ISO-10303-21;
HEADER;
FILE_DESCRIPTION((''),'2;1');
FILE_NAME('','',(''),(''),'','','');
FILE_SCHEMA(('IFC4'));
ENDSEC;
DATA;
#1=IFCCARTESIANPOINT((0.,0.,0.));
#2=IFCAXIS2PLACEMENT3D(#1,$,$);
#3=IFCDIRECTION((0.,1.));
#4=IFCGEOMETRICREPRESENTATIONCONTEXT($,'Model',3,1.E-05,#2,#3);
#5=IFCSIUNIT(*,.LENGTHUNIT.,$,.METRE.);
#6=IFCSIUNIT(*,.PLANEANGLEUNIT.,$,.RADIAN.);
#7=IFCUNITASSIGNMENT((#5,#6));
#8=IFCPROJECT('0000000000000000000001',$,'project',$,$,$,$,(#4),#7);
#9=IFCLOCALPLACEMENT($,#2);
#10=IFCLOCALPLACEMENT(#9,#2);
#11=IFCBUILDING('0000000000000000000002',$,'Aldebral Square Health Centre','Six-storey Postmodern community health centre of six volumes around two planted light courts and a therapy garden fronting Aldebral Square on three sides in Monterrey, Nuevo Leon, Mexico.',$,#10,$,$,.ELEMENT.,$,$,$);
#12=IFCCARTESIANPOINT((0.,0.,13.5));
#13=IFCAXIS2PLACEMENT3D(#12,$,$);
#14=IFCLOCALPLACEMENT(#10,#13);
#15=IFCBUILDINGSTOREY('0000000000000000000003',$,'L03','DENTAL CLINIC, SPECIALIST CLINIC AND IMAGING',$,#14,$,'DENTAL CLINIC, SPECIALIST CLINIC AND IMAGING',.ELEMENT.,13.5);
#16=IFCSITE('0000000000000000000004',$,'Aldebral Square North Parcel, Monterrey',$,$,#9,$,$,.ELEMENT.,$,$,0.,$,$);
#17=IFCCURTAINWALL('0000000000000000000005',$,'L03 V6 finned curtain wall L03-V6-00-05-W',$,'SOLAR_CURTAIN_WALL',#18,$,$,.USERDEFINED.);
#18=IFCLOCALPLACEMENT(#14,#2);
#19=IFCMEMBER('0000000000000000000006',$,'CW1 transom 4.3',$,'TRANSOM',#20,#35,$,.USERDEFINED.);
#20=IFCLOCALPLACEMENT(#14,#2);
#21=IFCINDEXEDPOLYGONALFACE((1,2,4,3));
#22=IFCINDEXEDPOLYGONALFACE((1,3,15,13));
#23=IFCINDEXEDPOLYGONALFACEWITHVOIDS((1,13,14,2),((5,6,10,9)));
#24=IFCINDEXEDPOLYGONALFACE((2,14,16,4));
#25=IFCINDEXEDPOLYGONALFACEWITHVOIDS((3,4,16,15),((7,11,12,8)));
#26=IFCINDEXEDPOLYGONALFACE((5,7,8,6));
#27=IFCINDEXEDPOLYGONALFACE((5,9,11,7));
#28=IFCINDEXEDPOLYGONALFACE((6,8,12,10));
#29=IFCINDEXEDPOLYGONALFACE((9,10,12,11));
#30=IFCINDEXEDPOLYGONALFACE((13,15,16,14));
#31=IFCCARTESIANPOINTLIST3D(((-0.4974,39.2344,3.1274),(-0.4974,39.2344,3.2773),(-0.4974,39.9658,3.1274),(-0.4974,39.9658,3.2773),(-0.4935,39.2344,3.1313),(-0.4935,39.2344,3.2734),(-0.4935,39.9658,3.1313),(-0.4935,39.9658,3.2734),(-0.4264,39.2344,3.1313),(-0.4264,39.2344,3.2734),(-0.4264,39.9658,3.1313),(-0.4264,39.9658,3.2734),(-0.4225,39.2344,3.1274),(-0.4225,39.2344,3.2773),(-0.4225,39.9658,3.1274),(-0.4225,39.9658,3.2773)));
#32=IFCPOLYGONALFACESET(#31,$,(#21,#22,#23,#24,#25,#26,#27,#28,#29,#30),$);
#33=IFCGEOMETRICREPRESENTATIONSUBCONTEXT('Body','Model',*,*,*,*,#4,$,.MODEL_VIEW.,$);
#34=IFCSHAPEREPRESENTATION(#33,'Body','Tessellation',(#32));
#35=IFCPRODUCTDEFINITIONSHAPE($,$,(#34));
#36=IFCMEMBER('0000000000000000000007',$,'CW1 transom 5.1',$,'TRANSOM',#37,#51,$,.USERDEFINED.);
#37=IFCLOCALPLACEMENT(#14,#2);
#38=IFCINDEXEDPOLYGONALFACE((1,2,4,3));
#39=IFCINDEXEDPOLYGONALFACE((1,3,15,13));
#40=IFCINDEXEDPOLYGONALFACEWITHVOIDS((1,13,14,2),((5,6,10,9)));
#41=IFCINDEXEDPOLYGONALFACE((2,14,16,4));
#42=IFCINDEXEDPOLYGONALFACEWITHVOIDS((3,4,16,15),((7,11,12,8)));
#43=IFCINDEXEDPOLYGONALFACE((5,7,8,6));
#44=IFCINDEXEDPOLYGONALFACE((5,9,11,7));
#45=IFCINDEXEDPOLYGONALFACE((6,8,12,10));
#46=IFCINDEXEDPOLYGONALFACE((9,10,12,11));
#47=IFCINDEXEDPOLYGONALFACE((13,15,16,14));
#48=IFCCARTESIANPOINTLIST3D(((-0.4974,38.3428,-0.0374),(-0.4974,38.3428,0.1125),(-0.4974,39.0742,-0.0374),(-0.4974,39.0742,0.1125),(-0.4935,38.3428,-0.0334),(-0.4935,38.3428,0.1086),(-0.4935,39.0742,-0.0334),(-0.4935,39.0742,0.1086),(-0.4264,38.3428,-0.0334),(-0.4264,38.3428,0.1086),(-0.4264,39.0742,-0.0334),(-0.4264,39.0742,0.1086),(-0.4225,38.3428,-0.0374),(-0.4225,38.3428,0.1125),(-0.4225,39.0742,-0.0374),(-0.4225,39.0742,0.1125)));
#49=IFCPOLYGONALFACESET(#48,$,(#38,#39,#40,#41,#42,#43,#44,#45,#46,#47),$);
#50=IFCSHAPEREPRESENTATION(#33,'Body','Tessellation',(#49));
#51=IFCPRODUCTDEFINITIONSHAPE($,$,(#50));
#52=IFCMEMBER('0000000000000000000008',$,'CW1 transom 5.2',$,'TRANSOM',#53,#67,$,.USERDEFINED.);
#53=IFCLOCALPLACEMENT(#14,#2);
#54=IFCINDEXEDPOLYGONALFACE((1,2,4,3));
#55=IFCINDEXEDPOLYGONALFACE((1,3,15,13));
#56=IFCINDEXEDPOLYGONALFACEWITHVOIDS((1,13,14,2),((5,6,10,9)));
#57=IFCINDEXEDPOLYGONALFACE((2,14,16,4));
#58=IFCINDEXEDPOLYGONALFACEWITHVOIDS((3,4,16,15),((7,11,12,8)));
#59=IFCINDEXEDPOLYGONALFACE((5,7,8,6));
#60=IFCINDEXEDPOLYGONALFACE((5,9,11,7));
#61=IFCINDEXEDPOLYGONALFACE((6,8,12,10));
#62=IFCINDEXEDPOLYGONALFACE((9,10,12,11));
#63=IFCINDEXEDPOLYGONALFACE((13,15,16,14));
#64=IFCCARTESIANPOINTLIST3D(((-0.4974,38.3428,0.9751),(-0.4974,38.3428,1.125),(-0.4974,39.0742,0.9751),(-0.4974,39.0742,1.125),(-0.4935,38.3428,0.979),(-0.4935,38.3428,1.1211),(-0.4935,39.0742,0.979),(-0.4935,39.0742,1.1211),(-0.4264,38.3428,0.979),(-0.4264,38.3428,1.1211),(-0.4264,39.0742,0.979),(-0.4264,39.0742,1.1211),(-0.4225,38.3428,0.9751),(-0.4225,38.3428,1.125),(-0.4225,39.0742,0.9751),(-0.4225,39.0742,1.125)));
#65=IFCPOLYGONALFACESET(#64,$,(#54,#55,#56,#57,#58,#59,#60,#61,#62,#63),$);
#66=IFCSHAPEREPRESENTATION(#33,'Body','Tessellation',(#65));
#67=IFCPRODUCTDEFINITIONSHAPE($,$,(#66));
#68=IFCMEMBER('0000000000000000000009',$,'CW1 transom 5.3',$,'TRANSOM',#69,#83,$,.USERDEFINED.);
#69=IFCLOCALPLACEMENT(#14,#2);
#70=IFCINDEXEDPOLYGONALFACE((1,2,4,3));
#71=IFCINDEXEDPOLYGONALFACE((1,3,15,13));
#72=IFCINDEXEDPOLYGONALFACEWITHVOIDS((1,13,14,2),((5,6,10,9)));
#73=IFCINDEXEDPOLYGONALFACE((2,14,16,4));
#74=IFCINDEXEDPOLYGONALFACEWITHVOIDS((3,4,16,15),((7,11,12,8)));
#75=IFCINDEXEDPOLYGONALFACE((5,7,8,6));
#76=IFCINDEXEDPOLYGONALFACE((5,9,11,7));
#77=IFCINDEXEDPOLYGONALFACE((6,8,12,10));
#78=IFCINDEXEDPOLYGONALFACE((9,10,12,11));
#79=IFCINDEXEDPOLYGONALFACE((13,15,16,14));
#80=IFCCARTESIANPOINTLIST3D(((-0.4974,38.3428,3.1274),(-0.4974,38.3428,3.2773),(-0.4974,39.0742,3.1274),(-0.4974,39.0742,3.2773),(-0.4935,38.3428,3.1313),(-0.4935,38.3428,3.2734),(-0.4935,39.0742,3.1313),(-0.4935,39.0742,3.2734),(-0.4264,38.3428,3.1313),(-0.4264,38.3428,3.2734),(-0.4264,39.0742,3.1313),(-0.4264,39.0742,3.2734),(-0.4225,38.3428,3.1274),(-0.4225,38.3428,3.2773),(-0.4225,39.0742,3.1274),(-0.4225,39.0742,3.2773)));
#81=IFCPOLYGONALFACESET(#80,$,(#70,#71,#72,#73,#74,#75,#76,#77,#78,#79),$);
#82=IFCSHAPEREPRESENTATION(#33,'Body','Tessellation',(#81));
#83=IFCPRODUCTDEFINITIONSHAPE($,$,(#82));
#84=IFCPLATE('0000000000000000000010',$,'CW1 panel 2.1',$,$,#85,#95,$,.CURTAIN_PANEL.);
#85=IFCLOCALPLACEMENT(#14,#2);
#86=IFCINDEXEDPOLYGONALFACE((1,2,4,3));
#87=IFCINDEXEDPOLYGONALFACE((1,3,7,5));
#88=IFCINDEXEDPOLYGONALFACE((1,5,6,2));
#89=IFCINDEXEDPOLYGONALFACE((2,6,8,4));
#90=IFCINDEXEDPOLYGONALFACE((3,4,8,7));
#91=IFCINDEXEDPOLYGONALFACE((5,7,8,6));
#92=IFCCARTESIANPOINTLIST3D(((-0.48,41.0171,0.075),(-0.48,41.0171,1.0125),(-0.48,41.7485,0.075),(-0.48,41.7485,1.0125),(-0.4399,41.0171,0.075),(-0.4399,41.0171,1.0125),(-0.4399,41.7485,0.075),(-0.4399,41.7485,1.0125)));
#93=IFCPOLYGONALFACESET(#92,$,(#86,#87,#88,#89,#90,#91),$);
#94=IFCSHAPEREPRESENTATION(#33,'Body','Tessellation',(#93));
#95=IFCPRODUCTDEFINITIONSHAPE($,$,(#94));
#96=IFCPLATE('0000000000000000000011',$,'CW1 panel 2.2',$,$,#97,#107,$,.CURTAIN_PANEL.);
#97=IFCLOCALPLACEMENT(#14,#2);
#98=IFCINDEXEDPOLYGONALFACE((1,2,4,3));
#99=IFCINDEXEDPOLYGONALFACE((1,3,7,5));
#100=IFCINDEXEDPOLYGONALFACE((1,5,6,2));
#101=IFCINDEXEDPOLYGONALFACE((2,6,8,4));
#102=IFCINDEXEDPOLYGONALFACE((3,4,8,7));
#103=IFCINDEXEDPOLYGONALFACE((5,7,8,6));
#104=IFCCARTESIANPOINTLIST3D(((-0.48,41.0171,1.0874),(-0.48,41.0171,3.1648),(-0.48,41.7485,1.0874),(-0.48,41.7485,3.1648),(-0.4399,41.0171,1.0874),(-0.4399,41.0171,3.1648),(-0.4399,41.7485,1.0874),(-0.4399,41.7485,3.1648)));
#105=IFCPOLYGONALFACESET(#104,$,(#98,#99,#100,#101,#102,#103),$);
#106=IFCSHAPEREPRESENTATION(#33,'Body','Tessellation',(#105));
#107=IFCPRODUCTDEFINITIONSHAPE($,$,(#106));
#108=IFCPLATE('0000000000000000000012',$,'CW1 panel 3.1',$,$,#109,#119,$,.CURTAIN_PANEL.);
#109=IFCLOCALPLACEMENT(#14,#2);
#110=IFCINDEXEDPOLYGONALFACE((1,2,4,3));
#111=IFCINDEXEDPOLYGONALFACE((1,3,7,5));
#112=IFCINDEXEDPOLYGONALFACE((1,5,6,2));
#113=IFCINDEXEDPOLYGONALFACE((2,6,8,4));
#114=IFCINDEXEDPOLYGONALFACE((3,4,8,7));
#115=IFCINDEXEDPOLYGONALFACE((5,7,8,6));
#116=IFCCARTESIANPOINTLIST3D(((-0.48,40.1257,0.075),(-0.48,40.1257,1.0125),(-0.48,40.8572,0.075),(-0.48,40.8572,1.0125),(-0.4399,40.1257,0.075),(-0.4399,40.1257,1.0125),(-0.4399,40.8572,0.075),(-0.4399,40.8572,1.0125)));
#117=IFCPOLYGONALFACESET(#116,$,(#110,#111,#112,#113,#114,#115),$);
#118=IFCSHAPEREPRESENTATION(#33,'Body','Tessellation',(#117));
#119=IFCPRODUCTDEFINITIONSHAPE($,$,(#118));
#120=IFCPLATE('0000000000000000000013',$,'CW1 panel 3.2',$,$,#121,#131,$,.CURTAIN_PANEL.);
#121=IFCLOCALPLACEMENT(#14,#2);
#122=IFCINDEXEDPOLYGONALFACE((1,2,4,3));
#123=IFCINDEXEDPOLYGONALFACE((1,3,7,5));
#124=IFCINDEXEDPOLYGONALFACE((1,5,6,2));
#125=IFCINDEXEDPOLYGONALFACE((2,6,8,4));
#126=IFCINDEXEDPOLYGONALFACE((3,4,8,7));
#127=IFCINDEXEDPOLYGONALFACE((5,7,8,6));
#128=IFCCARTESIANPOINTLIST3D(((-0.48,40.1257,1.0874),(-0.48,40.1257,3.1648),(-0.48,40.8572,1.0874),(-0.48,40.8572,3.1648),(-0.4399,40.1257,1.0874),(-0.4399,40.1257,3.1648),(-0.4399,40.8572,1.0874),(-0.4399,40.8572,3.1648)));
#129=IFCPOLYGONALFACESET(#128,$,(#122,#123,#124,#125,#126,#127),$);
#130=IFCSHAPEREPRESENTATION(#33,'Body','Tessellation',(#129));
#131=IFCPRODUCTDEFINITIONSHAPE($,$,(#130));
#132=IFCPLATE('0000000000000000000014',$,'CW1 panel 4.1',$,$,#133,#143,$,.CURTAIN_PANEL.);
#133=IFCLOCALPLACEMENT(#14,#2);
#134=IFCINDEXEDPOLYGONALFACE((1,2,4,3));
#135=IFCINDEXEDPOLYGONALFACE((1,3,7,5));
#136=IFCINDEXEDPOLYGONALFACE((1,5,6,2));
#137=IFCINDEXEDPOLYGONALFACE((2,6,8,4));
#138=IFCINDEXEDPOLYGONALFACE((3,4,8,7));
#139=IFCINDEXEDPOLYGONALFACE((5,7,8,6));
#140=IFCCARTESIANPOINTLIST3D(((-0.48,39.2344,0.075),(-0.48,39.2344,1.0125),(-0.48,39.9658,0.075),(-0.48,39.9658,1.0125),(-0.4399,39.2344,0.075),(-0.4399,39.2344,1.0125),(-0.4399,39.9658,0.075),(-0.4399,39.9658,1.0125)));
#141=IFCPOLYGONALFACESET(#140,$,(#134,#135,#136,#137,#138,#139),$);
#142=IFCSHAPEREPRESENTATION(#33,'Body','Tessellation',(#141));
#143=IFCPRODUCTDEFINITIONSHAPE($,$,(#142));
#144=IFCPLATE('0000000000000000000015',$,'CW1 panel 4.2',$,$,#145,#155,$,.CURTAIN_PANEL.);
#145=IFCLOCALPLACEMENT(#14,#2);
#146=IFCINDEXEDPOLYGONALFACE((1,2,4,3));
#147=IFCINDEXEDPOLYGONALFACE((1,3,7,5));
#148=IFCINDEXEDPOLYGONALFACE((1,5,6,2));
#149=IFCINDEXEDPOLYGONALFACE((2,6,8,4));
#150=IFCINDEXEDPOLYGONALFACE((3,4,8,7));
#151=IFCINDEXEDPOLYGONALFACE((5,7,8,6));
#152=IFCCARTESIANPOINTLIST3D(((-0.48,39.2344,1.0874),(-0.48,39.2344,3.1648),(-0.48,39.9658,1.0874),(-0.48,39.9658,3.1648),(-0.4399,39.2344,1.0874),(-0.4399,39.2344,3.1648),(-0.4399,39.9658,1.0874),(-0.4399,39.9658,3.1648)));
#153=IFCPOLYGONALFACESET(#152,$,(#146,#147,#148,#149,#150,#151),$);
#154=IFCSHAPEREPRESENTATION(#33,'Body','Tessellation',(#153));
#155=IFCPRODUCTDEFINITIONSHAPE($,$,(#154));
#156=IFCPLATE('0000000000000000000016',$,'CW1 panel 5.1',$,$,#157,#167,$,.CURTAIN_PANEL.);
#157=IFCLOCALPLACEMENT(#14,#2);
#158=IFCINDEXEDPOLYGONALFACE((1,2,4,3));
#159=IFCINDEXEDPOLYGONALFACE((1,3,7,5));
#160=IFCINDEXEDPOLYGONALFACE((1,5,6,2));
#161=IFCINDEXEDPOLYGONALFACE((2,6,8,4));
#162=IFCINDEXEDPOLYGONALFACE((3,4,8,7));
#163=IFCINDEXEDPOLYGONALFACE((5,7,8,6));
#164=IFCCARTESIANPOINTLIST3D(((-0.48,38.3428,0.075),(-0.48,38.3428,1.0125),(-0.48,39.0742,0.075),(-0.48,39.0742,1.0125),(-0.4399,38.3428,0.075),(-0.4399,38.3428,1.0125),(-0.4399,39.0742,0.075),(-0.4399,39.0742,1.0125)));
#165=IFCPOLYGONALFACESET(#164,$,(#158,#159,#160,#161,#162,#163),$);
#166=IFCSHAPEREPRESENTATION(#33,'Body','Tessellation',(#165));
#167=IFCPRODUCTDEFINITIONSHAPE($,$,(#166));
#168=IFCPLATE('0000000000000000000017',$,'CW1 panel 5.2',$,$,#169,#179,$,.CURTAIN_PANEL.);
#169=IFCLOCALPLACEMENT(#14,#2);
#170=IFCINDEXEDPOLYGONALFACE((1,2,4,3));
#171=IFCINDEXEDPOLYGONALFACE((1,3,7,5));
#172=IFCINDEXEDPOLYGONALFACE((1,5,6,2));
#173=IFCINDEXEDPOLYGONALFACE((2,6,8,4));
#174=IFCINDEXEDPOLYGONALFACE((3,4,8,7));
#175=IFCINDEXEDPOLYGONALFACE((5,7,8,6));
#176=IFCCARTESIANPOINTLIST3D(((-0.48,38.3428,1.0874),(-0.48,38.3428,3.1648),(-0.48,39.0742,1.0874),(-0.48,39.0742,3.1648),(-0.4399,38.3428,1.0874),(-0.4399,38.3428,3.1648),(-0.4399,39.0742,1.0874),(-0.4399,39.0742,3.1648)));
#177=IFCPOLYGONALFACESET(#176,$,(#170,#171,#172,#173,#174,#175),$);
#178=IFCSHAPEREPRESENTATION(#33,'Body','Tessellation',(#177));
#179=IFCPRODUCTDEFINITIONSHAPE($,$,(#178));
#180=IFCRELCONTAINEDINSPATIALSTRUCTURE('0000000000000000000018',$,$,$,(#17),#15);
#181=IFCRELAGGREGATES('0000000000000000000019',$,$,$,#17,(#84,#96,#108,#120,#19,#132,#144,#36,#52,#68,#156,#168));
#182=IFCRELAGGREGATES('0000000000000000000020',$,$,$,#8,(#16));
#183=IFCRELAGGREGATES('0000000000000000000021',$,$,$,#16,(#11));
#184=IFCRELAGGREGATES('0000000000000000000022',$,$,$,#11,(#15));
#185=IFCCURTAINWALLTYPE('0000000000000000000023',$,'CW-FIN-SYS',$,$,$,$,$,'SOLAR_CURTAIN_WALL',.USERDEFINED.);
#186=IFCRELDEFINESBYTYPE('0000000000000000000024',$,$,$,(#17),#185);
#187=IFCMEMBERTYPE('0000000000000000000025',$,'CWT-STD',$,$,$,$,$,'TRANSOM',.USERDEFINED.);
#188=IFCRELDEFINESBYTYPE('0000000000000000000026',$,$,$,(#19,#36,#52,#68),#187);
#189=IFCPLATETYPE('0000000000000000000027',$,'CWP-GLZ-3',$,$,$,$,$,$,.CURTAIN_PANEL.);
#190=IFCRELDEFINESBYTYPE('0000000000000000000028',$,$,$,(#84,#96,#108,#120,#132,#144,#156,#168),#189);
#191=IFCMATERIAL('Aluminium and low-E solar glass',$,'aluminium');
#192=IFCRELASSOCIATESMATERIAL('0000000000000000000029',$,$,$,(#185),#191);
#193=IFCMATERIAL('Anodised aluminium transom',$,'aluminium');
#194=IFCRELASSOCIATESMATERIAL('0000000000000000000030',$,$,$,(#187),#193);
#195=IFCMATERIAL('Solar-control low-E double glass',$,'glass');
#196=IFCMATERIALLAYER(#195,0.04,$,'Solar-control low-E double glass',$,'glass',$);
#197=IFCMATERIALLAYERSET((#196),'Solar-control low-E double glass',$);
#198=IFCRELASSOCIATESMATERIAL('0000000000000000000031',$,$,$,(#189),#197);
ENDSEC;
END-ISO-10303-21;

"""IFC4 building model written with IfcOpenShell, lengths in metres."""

from ifc_helpers import new_model, si_unit, direction, frame, origin, origin_2d, place, context, subcontext, project, spatial, rectangle, hollow_rectangle, extrude, material, layer, layer_set, material_profile, profile_set, type_object, element, aggregate, save


model = new_model("IFC4")

# Units and contexts
model_context = context("Model", 3, precision=1e-05, world=origin(), true_north=direction((0.0, 1.0)))
body_context = subcontext(model_context, "Body", "Model", "MODEL_VIEW")
ifc_project = project(units=[si_unit("LENGTHUNIT", "METRE"), si_unit("PLANEANGLEUNIT", "RADIAN")], contexts=[model_context])

# Site, building, storey
site_placement = place(None, origin())
site = spatial("IfcSite", under=ifc_project, at=site_placement, Name="Aldebral Square North Parcel, Monterrey", CompositionType="ELEMENT", RefElevation=0.0)
building_placement = place(site_placement, origin())
building = spatial("IfcBuilding", under=site, at=building_placement, Name="Aldebral Square Health Centre", Description="Six-storey Postmodern community health centre of six volumes around two planted light courts and a therapy garden fronting Aldebral Square on three sides in Monterrey, Nuevo Leon, Mexico.", CompositionType="ELEMENT")
storey_placement = place(building_placement, frame((0.0, 0.0, 13.5)))
storey = spatial("IfcBuildingStorey", under=building, at=storey_placement, Name="L03", Description="DENTAL CLINIC, SPECIALIST CLINIC AND IMAGING", LongName="DENTAL CLINIC, SPECIALIST CLINIC AND IMAGING", CompositionType="ELEMENT", Elevation=13.5)

# Curtain wall, members, plates
ifc_material_1 = material(Name="Aluminium and low-E solar glass", Category="aluminium")
curtain_wall_type = type_object("IfcCurtainWallType", Name="CW-FIN-SYS", ElementType="SOLAR_CURTAIN_WALL", PredefinedType="USERDEFINED", material=ifc_material_1)
curtain_wall_placement = place(storey_placement, origin())
curtain_wall = element("IfcCurtainWall", 1, at=curtain_wall_placement, inside=storey, type_object=curtain_wall_type, Name="L03 V6 finned curtain wall L03-V6-00-05-W", ObjectType="SOLAR_CURTAIN_WALL", PredefinedType="USERDEFINED")
ifc_material_2 = material(Name="Anodised aluminium transom", Category="aluminium")
ifc_material_profile_1 = material_profile(ifc_material_2, hollow_rectangle(XDim=0.075, YDim=0.1499, WallThickness=0.0039, at=origin_2d()), Name="CWT 75x150x4")
ifc_profile_set_1 = profile_set([ifc_material_profile_1], Name="Anodised aluminium transom")
member_type_1 = type_object("IfcMemberType", Name="CWT-STD", ElementType="TRANSOM", PredefinedType="USERDEFINED", material=ifc_profile_set_1)
member_1_placement = place(storey_placement, frame((-0.46, 39.9658, 3.2024), z_axis=(0.0, -1.0, 0.0), x_axis=(1.0, 0.0, 0.0)))
member_1 = element("IfcMember", 2, at=member_1_placement, type_object=member_type_1, Name="CW1 transom 4.3", ObjectType="TRANSOM", PredefinedType="USERDEFINED", context=body_context, shape_type="SweptSolid", body=[
    extrude(hollow_rectangle(XDim=0.075, YDim=0.1499, WallThickness=0.0039, at=origin_2d()), origin(), (0.0, 0.0, 1.0), 0.7314),
])
member_2_placement = place(storey_placement, frame((-0.46, 39.0742, 0.0376), z_axis=(0.0, -1.0, 0.0), x_axis=(1.0, 0.0, 0.0)))
member_2 = element("IfcMember", 3, at=member_2_placement, type_object=member_type_1, Name="CW1 transom 5.1", ObjectType="TRANSOM", PredefinedType="USERDEFINED", context=body_context, shape_type="SweptSolid", body=[
    extrude(hollow_rectangle(XDim=0.075, YDim=0.1499, WallThickness=0.0039, at=origin_2d()), origin(), (0.0, 0.0, 1.0), 0.7314),
])
member_3_placement = place(storey_placement, frame((-0.46, 39.0742, 1.05), z_axis=(0.0, -1.0, 0.0), x_axis=(1.0, 0.0, 0.0)))
member_3 = element("IfcMember", 4, at=member_3_placement, type_object=member_type_1, Name="CW1 transom 5.2", ObjectType="TRANSOM", PredefinedType="USERDEFINED", context=body_context, shape_type="SweptSolid", body=[
    extrude(hollow_rectangle(XDim=0.075, YDim=0.1499, WallThickness=0.0039, at=origin_2d()), origin(), (0.0, 0.0, 1.0), 0.7314),
])
member_4_placement = place(storey_placement, frame((-0.46, 39.0742, 3.2024), z_axis=(0.0, -1.0, 0.0), x_axis=(1.0, 0.0, 0.0)))
member_4 = element("IfcMember", 5, at=member_4_placement, type_object=member_type_1, Name="CW1 transom 5.3", ObjectType="TRANSOM", PredefinedType="USERDEFINED", context=body_context, shape_type="SweptSolid", body=[
    extrude(hollow_rectangle(XDim=0.075, YDim=0.1499, WallThickness=0.0039, at=origin_2d()), origin(), (0.0, 0.0, 1.0), 0.7314),
])
ifc_material_3 = material(Name="Solar-control low-E double glass", Category="glass")
ifc_layer_1 = layer(ifc_material_3, 0.04, Name="Solar-control low-E double glass", Category="glass")
ifc_layer_set_1 = layer_set([ifc_layer_1], Name="Solar-control low-E double glass")
plate_type = type_object("IfcPlateType", Name="CWP-GLZ-3", PredefinedType="CURTAIN_PANEL", material=ifc_layer_set_1)
plate_1_placement = place(storey_placement, frame((-0.46, 41.3828, 0.075), z_axis=(0.0, 0.0, 1.0), x_axis=(0.0, -1.0, 0.0)))
plate_1 = element("IfcPlate", 6, at=plate_1_placement, type_object=plate_type, Name="CW1 panel 2.1", PredefinedType="CURTAIN_PANEL", context=body_context, shape_type="SweptSolid", body=[
    extrude(rectangle(XDim=0.7314, YDim=0.04, at=origin_2d()), origin(), (0.0, 0.0, 1.0), 0.9375),
])
plate_2_placement = place(storey_placement, frame((-0.46, 41.3828, 1.0874), z_axis=(0.0, 0.0, 1.0), x_axis=(0.0, -1.0, 0.0)))
plate_2 = element("IfcPlate", 7, at=plate_2_placement, type_object=plate_type, Name="CW1 panel 2.2", PredefinedType="CURTAIN_PANEL", context=body_context, shape_type="SweptSolid", body=[
    extrude(rectangle(XDim=0.7314, YDim=0.04, at=origin_2d()), origin(), (0.0, 0.0, 1.0), 2.0774),
])
plate_3_placement = place(storey_placement, frame((-0.46, 40.4915, 0.075), z_axis=(0.0, 0.0, 1.0), x_axis=(0.0, -1.0, 0.0)))
plate_3 = element("IfcPlate", 8, at=plate_3_placement, type_object=plate_type, Name="CW1 panel 3.1", PredefinedType="CURTAIN_PANEL", context=body_context, shape_type="SweptSolid", body=[
    extrude(rectangle(XDim=0.7314, YDim=0.04, at=origin_2d()), origin(), (0.0, 0.0, 1.0), 0.9375),
])
plate_4_placement = place(storey_placement, frame((-0.46, 40.4915, 1.0874), z_axis=(0.0, 0.0, 1.0), x_axis=(0.0, -1.0, 0.0)))
plate_4 = element("IfcPlate", 9, at=plate_4_placement, type_object=plate_type, Name="CW1 panel 3.2", PredefinedType="CURTAIN_PANEL", context=body_context, shape_type="SweptSolid", body=[
    extrude(rectangle(XDim=0.7314, YDim=0.04, at=origin_2d()), origin(), (0.0, 0.0, 1.0), 2.0774),
])
plate_5_placement = place(storey_placement, frame((-0.46, 39.6001, 0.075), z_axis=(0.0, 0.0, 1.0), x_axis=(0.0, -1.0, 0.0)))
plate_5 = element("IfcPlate", 10, at=plate_5_placement, type_object=plate_type, Name="CW1 panel 4.1", PredefinedType="CURTAIN_PANEL", context=body_context, shape_type="SweptSolid", body=[
    extrude(rectangle(XDim=0.7314, YDim=0.04, at=origin_2d()), origin(), (0.0, 0.0, 1.0), 0.9375),
])
plate_6_placement = place(storey_placement, frame((-0.46, 39.6001, 1.0874), z_axis=(0.0, 0.0, 1.0), x_axis=(0.0, -1.0, 0.0)))
plate_6 = element("IfcPlate", 11, at=plate_6_placement, type_object=plate_type, Name="CW1 panel 4.2", PredefinedType="CURTAIN_PANEL", context=body_context, shape_type="SweptSolid", body=[
    extrude(rectangle(XDim=0.7314, YDim=0.04, at=origin_2d()), origin(), (0.0, 0.0, 1.0), 2.0774),
])
plate_7_placement = place(storey_placement, frame((-0.46, 38.7085, 0.075), z_axis=(0.0, 0.0, 1.0), x_axis=(0.0, -1.0, 0.0)))
plate_7 = element("IfcPlate", 12, at=plate_7_placement, type_object=plate_type, Name="CW1 panel 5.1", PredefinedType="CURTAIN_PANEL", context=body_context, shape_type="SweptSolid", body=[
    extrude(rectangle(XDim=0.7314, YDim=0.04, at=origin_2d()), origin(), (0.0, 0.0, 1.0), 0.9375),
])
plate_8_placement = place(storey_placement, frame((-0.46, 38.7085, 1.0874), z_axis=(0.0, 0.0, 1.0), x_axis=(0.0, -1.0, 0.0)))
plate_8 = element("IfcPlate", 13, at=plate_8_placement, type_object=plate_type, Name="CW1 panel 5.2", PredefinedType="CURTAIN_PANEL", context=body_context, shape_type="SweptSolid", body=[
    extrude(rectangle(XDim=0.7314, YDim=0.04, at=origin_2d()), origin(), (0.0, 0.0, 1.0), 2.0774),
])
aggregate(curtain_wall, [plate_1, plate_2, plate_3, plate_4, member_1, plate_5, plate_6, member_2, member_3, member_4, plate_7, plate_8])

save(model, "model.ifc")
